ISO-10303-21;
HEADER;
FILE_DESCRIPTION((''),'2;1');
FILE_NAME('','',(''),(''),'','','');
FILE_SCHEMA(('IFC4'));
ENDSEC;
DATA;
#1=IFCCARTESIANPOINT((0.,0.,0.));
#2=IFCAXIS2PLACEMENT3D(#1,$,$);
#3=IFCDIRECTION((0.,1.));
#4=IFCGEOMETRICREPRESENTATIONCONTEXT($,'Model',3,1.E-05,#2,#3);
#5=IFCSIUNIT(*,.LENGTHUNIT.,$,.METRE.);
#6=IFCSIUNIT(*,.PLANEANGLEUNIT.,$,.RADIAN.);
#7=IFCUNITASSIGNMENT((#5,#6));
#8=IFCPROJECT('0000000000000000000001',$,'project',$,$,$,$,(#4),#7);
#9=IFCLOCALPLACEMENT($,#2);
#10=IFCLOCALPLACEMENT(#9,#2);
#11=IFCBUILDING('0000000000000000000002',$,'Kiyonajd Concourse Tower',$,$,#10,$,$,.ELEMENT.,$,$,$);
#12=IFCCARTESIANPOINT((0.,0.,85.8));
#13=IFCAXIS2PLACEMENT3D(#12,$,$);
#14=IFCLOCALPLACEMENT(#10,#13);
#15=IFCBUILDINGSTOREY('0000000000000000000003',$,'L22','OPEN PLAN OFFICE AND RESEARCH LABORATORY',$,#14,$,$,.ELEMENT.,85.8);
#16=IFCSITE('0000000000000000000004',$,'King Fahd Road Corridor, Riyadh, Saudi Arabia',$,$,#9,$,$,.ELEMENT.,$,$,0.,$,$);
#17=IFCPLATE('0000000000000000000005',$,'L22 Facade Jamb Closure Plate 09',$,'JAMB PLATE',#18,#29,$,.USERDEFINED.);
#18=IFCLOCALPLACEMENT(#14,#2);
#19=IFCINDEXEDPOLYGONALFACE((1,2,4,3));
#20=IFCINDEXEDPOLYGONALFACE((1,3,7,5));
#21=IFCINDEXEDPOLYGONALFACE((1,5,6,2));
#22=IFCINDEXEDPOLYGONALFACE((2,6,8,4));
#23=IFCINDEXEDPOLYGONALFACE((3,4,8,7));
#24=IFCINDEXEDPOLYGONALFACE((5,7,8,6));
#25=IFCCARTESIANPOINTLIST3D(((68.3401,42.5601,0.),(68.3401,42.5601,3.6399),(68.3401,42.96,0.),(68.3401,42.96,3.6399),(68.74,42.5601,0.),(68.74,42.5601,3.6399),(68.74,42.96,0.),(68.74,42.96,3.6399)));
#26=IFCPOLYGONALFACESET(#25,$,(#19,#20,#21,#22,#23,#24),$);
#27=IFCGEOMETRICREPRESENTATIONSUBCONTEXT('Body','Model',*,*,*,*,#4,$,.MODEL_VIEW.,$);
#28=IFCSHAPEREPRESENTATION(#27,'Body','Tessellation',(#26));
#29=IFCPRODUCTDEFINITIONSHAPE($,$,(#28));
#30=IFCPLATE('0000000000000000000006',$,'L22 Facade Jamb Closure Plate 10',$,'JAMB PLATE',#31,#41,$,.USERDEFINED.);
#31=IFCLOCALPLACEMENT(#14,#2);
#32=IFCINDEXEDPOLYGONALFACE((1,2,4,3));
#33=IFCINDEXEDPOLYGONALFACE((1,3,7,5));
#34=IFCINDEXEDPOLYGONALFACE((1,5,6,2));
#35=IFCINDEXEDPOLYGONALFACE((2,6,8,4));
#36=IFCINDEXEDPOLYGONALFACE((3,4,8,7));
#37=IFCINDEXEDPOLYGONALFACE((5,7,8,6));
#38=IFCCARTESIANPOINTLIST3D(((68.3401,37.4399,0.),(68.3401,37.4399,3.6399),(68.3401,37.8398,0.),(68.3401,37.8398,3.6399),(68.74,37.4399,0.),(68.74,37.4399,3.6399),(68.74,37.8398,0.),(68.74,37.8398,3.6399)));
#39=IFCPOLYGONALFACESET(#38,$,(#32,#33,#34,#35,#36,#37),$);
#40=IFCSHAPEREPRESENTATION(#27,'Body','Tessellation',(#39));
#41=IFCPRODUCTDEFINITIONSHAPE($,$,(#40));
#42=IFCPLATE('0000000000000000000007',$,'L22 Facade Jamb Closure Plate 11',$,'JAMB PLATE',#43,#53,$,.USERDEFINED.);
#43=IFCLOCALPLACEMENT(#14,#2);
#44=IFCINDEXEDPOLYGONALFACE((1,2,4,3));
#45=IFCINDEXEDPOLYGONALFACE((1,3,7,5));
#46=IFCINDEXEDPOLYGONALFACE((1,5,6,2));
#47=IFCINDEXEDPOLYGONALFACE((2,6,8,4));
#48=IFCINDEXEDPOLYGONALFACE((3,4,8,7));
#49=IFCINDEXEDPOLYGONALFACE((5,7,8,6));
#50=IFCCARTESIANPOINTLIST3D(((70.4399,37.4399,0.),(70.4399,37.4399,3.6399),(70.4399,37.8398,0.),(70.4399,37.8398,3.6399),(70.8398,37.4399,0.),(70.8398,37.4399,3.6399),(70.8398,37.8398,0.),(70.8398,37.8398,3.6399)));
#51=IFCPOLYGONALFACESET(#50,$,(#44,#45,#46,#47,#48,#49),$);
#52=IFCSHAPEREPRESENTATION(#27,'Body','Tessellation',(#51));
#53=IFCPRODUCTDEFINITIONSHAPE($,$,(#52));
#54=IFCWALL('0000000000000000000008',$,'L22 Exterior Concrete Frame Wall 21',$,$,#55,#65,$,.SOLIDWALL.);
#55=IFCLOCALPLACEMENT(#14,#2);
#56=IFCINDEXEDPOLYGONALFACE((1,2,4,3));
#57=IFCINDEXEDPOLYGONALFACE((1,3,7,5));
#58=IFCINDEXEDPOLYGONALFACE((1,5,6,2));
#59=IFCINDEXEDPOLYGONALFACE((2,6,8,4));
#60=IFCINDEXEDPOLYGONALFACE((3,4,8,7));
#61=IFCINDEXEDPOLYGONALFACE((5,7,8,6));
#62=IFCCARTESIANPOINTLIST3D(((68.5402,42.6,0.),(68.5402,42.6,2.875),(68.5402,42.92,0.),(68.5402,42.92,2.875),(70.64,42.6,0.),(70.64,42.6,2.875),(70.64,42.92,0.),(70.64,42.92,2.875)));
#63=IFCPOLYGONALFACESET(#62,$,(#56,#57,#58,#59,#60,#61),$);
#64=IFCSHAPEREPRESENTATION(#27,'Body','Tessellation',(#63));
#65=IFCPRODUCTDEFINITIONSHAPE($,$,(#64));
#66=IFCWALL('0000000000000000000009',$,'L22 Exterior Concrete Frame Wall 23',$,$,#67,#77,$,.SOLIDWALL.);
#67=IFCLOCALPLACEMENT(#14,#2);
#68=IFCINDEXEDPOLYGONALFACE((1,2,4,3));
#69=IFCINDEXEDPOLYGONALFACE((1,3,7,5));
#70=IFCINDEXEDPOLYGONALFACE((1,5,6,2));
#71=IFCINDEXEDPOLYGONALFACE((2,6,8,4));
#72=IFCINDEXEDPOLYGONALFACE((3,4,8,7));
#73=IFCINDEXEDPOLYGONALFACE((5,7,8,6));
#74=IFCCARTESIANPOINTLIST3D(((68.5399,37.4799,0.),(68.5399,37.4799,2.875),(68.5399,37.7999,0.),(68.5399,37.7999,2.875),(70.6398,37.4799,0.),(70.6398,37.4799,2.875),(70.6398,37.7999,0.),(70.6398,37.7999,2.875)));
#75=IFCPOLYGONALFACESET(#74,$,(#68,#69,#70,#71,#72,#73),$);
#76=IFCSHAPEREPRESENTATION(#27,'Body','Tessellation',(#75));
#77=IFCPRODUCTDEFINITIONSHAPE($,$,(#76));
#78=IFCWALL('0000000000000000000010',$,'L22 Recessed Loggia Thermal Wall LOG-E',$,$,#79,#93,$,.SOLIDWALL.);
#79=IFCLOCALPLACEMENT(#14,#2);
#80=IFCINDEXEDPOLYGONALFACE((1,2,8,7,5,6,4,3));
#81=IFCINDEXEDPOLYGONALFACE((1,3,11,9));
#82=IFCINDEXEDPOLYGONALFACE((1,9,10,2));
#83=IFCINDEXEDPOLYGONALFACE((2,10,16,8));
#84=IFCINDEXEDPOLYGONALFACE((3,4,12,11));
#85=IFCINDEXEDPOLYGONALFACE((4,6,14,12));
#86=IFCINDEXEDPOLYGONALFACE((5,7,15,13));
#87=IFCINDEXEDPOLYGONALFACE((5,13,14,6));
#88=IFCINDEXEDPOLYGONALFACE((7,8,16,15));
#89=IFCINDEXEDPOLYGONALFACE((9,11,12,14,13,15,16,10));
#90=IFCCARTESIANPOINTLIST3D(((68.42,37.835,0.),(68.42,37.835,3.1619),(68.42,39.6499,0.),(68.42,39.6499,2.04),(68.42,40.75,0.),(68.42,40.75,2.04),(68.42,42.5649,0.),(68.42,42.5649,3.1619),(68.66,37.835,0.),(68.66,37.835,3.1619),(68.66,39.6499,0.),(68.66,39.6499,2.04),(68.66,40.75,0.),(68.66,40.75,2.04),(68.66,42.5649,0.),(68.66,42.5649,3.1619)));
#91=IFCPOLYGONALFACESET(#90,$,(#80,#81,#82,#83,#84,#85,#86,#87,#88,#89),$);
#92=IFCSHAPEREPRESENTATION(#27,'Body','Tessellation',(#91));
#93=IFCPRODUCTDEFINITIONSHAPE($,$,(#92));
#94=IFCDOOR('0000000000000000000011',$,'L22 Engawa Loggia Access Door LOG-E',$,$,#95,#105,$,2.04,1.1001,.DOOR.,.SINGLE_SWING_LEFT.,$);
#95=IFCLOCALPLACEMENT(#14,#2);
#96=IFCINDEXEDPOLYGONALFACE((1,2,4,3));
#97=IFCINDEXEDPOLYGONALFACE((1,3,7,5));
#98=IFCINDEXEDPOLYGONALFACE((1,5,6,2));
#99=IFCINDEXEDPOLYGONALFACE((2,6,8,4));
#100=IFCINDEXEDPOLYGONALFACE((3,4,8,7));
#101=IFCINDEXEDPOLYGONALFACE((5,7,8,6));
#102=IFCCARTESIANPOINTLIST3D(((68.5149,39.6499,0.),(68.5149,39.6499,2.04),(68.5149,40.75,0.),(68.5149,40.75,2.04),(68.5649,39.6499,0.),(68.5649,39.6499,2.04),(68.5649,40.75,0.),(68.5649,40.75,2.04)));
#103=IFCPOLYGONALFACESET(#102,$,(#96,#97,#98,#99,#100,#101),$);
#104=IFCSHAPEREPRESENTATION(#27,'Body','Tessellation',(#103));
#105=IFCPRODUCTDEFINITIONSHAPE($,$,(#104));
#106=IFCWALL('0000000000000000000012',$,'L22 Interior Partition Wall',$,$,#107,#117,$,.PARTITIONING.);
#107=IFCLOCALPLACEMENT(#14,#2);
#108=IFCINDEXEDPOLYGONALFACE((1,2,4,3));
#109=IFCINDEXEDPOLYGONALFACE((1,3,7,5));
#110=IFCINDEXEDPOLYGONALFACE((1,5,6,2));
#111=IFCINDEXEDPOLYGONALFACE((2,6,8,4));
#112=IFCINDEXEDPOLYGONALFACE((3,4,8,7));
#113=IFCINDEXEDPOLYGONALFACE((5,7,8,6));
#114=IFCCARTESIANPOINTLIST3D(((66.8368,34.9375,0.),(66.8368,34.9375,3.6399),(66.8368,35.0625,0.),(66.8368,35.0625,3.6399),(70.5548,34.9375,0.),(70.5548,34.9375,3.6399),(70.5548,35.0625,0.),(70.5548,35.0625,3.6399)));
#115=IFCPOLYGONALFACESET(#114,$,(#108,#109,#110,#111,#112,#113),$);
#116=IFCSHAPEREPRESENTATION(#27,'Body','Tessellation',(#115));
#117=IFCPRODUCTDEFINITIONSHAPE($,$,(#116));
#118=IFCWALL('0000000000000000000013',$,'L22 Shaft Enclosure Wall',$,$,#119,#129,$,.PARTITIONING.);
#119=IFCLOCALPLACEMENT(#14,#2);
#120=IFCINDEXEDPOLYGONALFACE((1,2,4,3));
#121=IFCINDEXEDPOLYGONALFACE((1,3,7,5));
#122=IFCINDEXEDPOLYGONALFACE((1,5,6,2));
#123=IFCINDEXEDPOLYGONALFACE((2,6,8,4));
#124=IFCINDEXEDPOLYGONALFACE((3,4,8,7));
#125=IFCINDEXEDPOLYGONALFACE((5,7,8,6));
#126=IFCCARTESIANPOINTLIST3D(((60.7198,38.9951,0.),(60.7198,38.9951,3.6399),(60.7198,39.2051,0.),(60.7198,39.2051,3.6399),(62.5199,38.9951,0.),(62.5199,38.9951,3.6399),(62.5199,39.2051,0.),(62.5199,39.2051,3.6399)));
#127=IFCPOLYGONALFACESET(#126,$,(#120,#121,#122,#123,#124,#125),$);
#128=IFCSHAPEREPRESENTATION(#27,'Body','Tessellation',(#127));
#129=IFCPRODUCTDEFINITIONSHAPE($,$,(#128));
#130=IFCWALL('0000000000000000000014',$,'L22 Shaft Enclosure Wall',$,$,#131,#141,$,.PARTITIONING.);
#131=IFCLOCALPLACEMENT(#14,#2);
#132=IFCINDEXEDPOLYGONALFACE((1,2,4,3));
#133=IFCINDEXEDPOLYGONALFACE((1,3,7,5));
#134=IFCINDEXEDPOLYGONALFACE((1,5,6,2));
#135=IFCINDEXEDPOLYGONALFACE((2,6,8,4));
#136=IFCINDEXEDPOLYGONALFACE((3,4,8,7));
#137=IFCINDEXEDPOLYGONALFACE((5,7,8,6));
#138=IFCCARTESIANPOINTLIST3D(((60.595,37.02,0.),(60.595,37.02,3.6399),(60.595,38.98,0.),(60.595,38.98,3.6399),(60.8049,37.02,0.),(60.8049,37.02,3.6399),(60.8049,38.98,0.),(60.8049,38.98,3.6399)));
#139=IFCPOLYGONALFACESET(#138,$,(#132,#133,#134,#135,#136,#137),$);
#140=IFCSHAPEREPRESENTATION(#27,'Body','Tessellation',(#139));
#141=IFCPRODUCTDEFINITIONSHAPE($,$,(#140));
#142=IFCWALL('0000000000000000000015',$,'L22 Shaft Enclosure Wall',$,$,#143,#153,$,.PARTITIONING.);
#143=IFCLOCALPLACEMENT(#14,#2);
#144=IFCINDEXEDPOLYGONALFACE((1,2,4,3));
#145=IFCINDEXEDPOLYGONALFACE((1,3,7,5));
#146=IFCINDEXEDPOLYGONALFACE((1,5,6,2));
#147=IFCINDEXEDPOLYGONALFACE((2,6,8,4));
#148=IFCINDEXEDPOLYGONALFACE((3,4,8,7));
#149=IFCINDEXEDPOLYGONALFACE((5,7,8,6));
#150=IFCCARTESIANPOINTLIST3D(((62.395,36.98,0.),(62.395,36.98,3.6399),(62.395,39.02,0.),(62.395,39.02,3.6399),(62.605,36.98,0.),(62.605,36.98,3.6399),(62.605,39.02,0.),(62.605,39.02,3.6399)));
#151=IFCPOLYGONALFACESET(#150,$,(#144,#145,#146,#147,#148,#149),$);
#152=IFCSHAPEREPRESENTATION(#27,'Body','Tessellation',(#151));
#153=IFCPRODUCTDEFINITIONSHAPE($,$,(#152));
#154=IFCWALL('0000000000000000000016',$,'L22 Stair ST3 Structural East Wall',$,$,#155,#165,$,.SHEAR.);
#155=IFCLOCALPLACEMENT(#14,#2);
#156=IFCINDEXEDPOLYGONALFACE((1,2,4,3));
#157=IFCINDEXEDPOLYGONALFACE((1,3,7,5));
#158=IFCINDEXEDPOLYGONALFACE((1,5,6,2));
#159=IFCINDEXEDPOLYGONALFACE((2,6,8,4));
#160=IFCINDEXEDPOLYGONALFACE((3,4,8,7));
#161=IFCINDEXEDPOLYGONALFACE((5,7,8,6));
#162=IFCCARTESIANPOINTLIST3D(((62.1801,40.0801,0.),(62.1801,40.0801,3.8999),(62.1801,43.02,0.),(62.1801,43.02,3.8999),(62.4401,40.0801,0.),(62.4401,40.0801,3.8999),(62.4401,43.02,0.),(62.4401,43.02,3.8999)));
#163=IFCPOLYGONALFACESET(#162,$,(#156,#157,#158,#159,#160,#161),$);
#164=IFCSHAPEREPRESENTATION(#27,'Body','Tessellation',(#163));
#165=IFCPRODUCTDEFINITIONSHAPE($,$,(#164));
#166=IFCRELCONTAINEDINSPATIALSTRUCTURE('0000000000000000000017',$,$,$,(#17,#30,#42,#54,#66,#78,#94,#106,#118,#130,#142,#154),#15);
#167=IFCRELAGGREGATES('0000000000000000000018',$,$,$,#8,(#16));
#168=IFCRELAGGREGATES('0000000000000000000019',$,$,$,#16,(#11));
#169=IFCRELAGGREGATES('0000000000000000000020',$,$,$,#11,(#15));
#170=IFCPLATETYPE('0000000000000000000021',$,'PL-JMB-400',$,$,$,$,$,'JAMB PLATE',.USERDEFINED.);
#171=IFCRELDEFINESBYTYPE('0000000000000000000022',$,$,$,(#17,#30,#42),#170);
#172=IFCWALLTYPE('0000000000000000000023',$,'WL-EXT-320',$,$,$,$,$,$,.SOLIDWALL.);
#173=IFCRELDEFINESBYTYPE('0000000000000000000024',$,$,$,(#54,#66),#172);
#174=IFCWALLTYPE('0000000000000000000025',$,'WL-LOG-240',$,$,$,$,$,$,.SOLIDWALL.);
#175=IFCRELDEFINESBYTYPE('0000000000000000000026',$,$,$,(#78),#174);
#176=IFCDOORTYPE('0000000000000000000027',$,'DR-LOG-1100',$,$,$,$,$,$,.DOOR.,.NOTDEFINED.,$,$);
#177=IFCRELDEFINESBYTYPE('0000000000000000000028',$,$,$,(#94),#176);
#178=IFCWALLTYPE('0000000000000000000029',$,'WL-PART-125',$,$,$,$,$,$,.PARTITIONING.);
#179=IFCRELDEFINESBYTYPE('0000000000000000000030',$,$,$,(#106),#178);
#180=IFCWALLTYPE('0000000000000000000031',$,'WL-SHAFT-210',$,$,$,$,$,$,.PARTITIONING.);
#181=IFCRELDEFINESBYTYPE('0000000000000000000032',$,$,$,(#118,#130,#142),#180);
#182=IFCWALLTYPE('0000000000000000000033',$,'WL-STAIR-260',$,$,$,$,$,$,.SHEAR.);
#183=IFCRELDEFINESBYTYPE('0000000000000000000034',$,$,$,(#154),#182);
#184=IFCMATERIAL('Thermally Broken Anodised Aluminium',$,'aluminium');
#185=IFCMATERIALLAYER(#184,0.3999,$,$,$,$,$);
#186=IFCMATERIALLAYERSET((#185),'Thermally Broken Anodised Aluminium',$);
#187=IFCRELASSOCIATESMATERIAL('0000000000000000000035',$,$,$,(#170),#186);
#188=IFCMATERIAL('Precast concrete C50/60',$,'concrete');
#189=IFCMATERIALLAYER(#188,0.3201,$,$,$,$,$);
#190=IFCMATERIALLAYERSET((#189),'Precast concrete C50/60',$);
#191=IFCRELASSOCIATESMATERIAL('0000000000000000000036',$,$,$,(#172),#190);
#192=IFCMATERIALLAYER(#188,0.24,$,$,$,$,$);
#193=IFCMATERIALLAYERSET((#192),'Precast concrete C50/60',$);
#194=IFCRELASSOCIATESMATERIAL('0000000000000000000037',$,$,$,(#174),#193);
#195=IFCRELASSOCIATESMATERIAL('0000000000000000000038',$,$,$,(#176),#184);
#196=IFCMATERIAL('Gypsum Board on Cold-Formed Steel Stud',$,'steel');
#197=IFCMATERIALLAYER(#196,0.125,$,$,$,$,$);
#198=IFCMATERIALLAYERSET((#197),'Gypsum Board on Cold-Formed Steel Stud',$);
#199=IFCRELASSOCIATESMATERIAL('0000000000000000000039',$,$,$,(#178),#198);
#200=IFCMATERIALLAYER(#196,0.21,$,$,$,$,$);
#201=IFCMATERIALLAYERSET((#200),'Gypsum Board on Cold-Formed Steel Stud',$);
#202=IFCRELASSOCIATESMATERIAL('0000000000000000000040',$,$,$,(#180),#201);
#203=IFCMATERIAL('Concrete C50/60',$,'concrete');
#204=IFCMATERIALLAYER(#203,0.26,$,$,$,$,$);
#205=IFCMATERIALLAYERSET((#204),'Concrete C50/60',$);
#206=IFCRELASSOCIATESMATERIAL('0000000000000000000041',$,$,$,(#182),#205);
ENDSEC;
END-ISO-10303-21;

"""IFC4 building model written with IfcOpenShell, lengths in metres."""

from ifc_helpers import new_model, si_unit, direction, frame, frame_2d, origin, origin_2d, place, context, subcontext, project, spatial, rectangle, extrude, material, layer, layer_set, type_object, element, fill, save


model = new_model("IFC4")

# Units and contexts
model_context = context("Model", 3, precision=1e-05, world=origin(), true_north=direction((0.0, 1.0)))
body_context = subcontext(model_context, "Body", "Model", "MODEL_VIEW")
ifc_project = project(units=[si_unit("LENGTHUNIT", "METRE"), si_unit("PLANEANGLEUNIT", "RADIAN")], contexts=[model_context])

# Site, building, storey
site_placement = place(None, origin())
site = spatial("IfcSite", under=ifc_project, at=site_placement, Name="King Fahd Road Corridor, Riyadh, Saudi Arabia", CompositionType="ELEMENT", RefElevation=0.0)
building_placement = place(site_placement, origin())
building = spatial("IfcBuilding", under=site, at=building_placement, Name="Kiyonajd Concourse Tower", CompositionType="ELEMENT")
storey_placement = place(building_placement, frame((0.0, 0.0, 85.8)))
storey = spatial("IfcBuildingStorey", under=building, at=storey_placement, Name="L22", Description="OPEN PLAN OFFICE AND RESEARCH LABORATORY", CompositionType="ELEMENT", Elevation=85.8)

# Shared definitions
ifc_material_1 = material(Name="Precast concrete C50/60", Category="concrete")

# Shared definitions
ifc_material_2 = material(Name="Thermally Broken Anodised Aluminium", Category="aluminium")

# Plates
ifc_layer_1 = layer(ifc_material_2, 0.3999)
ifc_layer_set_1 = layer_set([ifc_layer_1], Name="Thermally Broken Anodised Aluminium")
plate_type_1 = type_object("IfcPlateType", Name="PL-JMB-400", ElementType="JAMB PLATE", PredefinedType="USERDEFINED", material=ifc_layer_set_1)
for number, where, z_axis, x_axis, name in (
    (1, (68.54, 42.76, 0.0), (0.0, 0.0, 1.0), (1.0, 0.0, 0.0), "L22 Facade Jamb Closure Plate 09"),
    (2, (68.54, 37.6399, 0.0), (0.0, 0.0, 1.0), (1.0, 0.0, 0.0), "L22 Facade Jamb Closure Plate 10"),
    (3, (70.6399, 37.6399, 0.0), (0.0, 0.0, 1.0), (1.0, 0.0, 0.0), "L22 Facade Jamb Closure Plate 11"),
):
    element("IfcPlate", number, at=place(storey_placement, frame(where, z_axis=z_axis, x_axis=x_axis)), inside=storey, type_object=plate_type_1, Name=name, ObjectType="JAMB PLATE", PredefinedType="USERDEFINED", context=body_context, shape_type="SweptSolid", body=[
        extrude(rectangle(XDim=0.3999, YDim=0.3999, at=origin_2d()), origin(), (0.0, 0.0, 1.0), 3.6399),
    ])

# Walls
ifc_layer_2 = layer(ifc_material_1, 0.3201)
ifc_layer_set_2 = layer_set([ifc_layer_2], Name="Precast concrete C50/60")
wall_type_1 = type_object("IfcWallType", Name="WL-EXT-320", PredefinedType="SOLIDWALL", material=ifc_layer_set_2)
for number, where, z_axis, x_axis, name in (
    (4, (70.6399, 42.76, 0.0), (0.0, 0.0, 1.0), (-1.0, 0.0, 0.0), "L22 Exterior Concrete Frame Wall 21"),
    (5, (68.54, 37.6399, 0.0), (0.0, 0.0, 1.0), (1.0, 0.0, 0.0), "L22 Exterior Concrete Frame Wall 23"),
):
    element("IfcWall", number, at=place(storey_placement, frame(where, z_axis=z_axis, x_axis=x_axis)), inside=storey, type_object=wall_type_1, Name=name, PredefinedType="SOLIDWALL", context=body_context, shape_type="SweptSolid", body=[
        extrude(rectangle(XDim=2.0999, YDim=0.3201, at=frame_2d((1.0498, 0.0))), origin(), (0.0, 0.0, 1.0), 2.875),
    ])

# Wall, opening, door
ifc_layer_3 = layer(ifc_material_1, 0.24)
ifc_layer_set_3 = layer_set([ifc_layer_3], Name="Precast concrete C50/60")
wall_type_2 = type_object("IfcWallType", Name="WL-LOG-240", PredefinedType="SOLIDWALL", material=ifc_layer_set_3)
wall_1_placement = place(storey_placement, frame((68.54, 42.5649, 0.0), z_axis=(0.0, 0.0, 1.0), x_axis=(0.0, -1.0, 0.0)))
wall_1 = element("IfcWall", 6, at=wall_1_placement, inside=storey, type_object=wall_type_2, Name="L22 Recessed Loggia Thermal Wall LOG-E", PredefinedType="SOLIDWALL", context=body_context, shape_type="SweptSolid", body=[
    extrude(rectangle(XDim=4.73, YDim=0.24, at=frame_2d((2.365, 0.0))), origin(), (0.0, 0.0, 1.0), 3.1619),
])
opening_placement = place(wall_1_placement, frame((1.8149, 0.0, 0.0)))
opening = element("IfcOpeningElement", 7, at=opening_placement, cuts=wall_1, PredefinedType="OPENING", context=body_context, shape_type="SweptSolid", body=[
    extrude(rectangle(XDim=1.1001, YDim=2.04, at=frame_2d((0.55, 1.02))), frame((0.0, 0.1299, 0.0), z_axis=(0.0, -1.0, 0.0), x_axis=(1.0, 0.0, 0.0)), (0.0, 0.0, 1.0), 0.26),
])
door_type = type_object("IfcDoorType", Name="DR-LOG-1100", OperationType="NOTDEFINED", PredefinedType="DOOR", material=ifc_material_2)
door_placement = place(opening_placement, origin())
door = element("IfcDoor", 8, at=door_placement, inside=storey, type_object=door_type, Name="L22 Engawa Loggia Access Door LOG-E", OperationType="SINGLE_SWING_LEFT", OverallHeight=2.04, OverallWidth=1.1001, PredefinedType="DOOR", context=body_context, shape_type="SweptSolid", body=[
    extrude(rectangle(XDim=1.1001, YDim=2.04, at=frame_2d((0.55, 1.02))), frame((0.0, 0.0249, 0.0), z_axis=(0.0, -1.0, 0.0), x_axis=(1.0, 0.0, 0.0)), (0.0, 0.0, 1.0), 0.05),
])
fill(opening, door)

# Walls
ifc_material_3 = material(Name="Gypsum Board on Cold-Formed Steel Stud", Category="steel")
ifc_layer_4 = layer(ifc_material_3, 0.125)
ifc_layer_set_4 = layer_set([ifc_layer_4], Name="Gypsum Board on Cold-Formed Steel Stud")
wall_type_3 = type_object("IfcWallType", Name="WL-PART-125", PredefinedType="PARTITIONING", material=ifc_layer_set_4)
wall_2_placement = place(storey_placement, frame((66.8369, 35.0, 0.0), z_axis=(0.0, 0.0, 1.0), x_axis=(1.0, 0.0, 0.0)))
element("IfcWall", 9, at=wall_2_placement, inside=storey, type_object=wall_type_3, Name="L22 Interior Partition Wall", PredefinedType="PARTITIONING", context=body_context, shape_type="SweptSolid", body=[
    extrude(rectangle(XDim=3.718, YDim=0.125, at=frame_2d((1.8589, 0.0))), origin(), (0.0, 0.0, 1.0), 3.6399),
])
ifc_layer_5 = layer(ifc_material_3, 0.21)
ifc_layer_set_5 = layer_set([ifc_layer_5], Name="Gypsum Board on Cold-Formed Steel Stud")
wall_type_4 = type_object("IfcWallType", Name="WL-SHAFT-210", PredefinedType="PARTITIONING", material=ifc_layer_set_5)
wall_3_placement = place(storey_placement, frame((60.72, 39.1001, 0.0), z_axis=(0.0, 0.0, 1.0), x_axis=(1.0, 0.0, 0.0)))
element("IfcWall", 10, at=wall_3_placement, inside=storey, type_object=wall_type_4, Name="L22 Shaft Enclosure Wall", PredefinedType="PARTITIONING", context=body_context, shape_type="SweptSolid", body=[
    extrude(rectangle(XDim=1.8, YDim=0.21, at=frame_2d((0.8999, 0.0))), origin(), (0.0, 0.0, 1.0), 3.6399),
])
wall_4_placement = place(storey_placement, frame((60.7, 37.02, 0.0), z_axis=(0.0, 0.0, 1.0), x_axis=(0.0, 1.0, 0.0)))
element("IfcWall", 11, at=wall_4_placement, inside=storey, type_object=wall_type_4, Name="L22 Shaft Enclosure Wall", PredefinedType="PARTITIONING", context=body_context, shape_type="SweptSolid", body=[
    extrude(rectangle(XDim=1.96, YDim=0.21, at=frame_2d((0.98, 0.0))), origin(), (0.0, 0.0, 1.0), 3.6399),
])
wall_5_placement = place(storey_placement, frame((62.5, 36.98, 0.0), z_axis=(0.0, 0.0, 1.0), x_axis=(0.0, 1.0, 0.0)))
element("IfcWall", 12, at=wall_5_placement, inside=storey, type_object=wall_type_4, Name="L22 Shaft Enclosure Wall", PredefinedType="PARTITIONING", context=body_context, shape_type="SweptSolid", body=[
    extrude(rectangle(XDim=2.04, YDim=0.21, at=frame_2d((1.02, 0.0))), origin(), (0.0, 0.0, 1.0), 3.6399),
])
ifc_material_4 = material(Name="Concrete C50/60", Category="concrete")
ifc_layer_6 = layer(ifc_material_4, 0.26)
ifc_layer_set_6 = layer_set([ifc_layer_6], Name="Concrete C50/60")
wall_type_5 = type_object("IfcWallType", Name="WL-STAIR-260", PredefinedType="SHEAR", material=ifc_layer_set_6)
wall_6_placement = place(storey_placement, frame((62.3101, 40.0801, 0.0), z_axis=(0.0, 0.0, 1.0), x_axis=(0.0, 1.0, 0.0)))
element("IfcWall", 13, at=wall_6_placement, inside=storey, type_object=wall_type_5, Name="L22 Stair ST3 Structural East Wall", PredefinedType="SHEAR", context=body_context, shape_type="SweptSolid", body=[
    extrude(rectangle(XDim=2.9399, YDim=0.26, at=frame_2d((1.47, 0.0))), origin(), (0.0, 0.0, 1.0), 3.8999),
])

save(model, "model.ifc")
